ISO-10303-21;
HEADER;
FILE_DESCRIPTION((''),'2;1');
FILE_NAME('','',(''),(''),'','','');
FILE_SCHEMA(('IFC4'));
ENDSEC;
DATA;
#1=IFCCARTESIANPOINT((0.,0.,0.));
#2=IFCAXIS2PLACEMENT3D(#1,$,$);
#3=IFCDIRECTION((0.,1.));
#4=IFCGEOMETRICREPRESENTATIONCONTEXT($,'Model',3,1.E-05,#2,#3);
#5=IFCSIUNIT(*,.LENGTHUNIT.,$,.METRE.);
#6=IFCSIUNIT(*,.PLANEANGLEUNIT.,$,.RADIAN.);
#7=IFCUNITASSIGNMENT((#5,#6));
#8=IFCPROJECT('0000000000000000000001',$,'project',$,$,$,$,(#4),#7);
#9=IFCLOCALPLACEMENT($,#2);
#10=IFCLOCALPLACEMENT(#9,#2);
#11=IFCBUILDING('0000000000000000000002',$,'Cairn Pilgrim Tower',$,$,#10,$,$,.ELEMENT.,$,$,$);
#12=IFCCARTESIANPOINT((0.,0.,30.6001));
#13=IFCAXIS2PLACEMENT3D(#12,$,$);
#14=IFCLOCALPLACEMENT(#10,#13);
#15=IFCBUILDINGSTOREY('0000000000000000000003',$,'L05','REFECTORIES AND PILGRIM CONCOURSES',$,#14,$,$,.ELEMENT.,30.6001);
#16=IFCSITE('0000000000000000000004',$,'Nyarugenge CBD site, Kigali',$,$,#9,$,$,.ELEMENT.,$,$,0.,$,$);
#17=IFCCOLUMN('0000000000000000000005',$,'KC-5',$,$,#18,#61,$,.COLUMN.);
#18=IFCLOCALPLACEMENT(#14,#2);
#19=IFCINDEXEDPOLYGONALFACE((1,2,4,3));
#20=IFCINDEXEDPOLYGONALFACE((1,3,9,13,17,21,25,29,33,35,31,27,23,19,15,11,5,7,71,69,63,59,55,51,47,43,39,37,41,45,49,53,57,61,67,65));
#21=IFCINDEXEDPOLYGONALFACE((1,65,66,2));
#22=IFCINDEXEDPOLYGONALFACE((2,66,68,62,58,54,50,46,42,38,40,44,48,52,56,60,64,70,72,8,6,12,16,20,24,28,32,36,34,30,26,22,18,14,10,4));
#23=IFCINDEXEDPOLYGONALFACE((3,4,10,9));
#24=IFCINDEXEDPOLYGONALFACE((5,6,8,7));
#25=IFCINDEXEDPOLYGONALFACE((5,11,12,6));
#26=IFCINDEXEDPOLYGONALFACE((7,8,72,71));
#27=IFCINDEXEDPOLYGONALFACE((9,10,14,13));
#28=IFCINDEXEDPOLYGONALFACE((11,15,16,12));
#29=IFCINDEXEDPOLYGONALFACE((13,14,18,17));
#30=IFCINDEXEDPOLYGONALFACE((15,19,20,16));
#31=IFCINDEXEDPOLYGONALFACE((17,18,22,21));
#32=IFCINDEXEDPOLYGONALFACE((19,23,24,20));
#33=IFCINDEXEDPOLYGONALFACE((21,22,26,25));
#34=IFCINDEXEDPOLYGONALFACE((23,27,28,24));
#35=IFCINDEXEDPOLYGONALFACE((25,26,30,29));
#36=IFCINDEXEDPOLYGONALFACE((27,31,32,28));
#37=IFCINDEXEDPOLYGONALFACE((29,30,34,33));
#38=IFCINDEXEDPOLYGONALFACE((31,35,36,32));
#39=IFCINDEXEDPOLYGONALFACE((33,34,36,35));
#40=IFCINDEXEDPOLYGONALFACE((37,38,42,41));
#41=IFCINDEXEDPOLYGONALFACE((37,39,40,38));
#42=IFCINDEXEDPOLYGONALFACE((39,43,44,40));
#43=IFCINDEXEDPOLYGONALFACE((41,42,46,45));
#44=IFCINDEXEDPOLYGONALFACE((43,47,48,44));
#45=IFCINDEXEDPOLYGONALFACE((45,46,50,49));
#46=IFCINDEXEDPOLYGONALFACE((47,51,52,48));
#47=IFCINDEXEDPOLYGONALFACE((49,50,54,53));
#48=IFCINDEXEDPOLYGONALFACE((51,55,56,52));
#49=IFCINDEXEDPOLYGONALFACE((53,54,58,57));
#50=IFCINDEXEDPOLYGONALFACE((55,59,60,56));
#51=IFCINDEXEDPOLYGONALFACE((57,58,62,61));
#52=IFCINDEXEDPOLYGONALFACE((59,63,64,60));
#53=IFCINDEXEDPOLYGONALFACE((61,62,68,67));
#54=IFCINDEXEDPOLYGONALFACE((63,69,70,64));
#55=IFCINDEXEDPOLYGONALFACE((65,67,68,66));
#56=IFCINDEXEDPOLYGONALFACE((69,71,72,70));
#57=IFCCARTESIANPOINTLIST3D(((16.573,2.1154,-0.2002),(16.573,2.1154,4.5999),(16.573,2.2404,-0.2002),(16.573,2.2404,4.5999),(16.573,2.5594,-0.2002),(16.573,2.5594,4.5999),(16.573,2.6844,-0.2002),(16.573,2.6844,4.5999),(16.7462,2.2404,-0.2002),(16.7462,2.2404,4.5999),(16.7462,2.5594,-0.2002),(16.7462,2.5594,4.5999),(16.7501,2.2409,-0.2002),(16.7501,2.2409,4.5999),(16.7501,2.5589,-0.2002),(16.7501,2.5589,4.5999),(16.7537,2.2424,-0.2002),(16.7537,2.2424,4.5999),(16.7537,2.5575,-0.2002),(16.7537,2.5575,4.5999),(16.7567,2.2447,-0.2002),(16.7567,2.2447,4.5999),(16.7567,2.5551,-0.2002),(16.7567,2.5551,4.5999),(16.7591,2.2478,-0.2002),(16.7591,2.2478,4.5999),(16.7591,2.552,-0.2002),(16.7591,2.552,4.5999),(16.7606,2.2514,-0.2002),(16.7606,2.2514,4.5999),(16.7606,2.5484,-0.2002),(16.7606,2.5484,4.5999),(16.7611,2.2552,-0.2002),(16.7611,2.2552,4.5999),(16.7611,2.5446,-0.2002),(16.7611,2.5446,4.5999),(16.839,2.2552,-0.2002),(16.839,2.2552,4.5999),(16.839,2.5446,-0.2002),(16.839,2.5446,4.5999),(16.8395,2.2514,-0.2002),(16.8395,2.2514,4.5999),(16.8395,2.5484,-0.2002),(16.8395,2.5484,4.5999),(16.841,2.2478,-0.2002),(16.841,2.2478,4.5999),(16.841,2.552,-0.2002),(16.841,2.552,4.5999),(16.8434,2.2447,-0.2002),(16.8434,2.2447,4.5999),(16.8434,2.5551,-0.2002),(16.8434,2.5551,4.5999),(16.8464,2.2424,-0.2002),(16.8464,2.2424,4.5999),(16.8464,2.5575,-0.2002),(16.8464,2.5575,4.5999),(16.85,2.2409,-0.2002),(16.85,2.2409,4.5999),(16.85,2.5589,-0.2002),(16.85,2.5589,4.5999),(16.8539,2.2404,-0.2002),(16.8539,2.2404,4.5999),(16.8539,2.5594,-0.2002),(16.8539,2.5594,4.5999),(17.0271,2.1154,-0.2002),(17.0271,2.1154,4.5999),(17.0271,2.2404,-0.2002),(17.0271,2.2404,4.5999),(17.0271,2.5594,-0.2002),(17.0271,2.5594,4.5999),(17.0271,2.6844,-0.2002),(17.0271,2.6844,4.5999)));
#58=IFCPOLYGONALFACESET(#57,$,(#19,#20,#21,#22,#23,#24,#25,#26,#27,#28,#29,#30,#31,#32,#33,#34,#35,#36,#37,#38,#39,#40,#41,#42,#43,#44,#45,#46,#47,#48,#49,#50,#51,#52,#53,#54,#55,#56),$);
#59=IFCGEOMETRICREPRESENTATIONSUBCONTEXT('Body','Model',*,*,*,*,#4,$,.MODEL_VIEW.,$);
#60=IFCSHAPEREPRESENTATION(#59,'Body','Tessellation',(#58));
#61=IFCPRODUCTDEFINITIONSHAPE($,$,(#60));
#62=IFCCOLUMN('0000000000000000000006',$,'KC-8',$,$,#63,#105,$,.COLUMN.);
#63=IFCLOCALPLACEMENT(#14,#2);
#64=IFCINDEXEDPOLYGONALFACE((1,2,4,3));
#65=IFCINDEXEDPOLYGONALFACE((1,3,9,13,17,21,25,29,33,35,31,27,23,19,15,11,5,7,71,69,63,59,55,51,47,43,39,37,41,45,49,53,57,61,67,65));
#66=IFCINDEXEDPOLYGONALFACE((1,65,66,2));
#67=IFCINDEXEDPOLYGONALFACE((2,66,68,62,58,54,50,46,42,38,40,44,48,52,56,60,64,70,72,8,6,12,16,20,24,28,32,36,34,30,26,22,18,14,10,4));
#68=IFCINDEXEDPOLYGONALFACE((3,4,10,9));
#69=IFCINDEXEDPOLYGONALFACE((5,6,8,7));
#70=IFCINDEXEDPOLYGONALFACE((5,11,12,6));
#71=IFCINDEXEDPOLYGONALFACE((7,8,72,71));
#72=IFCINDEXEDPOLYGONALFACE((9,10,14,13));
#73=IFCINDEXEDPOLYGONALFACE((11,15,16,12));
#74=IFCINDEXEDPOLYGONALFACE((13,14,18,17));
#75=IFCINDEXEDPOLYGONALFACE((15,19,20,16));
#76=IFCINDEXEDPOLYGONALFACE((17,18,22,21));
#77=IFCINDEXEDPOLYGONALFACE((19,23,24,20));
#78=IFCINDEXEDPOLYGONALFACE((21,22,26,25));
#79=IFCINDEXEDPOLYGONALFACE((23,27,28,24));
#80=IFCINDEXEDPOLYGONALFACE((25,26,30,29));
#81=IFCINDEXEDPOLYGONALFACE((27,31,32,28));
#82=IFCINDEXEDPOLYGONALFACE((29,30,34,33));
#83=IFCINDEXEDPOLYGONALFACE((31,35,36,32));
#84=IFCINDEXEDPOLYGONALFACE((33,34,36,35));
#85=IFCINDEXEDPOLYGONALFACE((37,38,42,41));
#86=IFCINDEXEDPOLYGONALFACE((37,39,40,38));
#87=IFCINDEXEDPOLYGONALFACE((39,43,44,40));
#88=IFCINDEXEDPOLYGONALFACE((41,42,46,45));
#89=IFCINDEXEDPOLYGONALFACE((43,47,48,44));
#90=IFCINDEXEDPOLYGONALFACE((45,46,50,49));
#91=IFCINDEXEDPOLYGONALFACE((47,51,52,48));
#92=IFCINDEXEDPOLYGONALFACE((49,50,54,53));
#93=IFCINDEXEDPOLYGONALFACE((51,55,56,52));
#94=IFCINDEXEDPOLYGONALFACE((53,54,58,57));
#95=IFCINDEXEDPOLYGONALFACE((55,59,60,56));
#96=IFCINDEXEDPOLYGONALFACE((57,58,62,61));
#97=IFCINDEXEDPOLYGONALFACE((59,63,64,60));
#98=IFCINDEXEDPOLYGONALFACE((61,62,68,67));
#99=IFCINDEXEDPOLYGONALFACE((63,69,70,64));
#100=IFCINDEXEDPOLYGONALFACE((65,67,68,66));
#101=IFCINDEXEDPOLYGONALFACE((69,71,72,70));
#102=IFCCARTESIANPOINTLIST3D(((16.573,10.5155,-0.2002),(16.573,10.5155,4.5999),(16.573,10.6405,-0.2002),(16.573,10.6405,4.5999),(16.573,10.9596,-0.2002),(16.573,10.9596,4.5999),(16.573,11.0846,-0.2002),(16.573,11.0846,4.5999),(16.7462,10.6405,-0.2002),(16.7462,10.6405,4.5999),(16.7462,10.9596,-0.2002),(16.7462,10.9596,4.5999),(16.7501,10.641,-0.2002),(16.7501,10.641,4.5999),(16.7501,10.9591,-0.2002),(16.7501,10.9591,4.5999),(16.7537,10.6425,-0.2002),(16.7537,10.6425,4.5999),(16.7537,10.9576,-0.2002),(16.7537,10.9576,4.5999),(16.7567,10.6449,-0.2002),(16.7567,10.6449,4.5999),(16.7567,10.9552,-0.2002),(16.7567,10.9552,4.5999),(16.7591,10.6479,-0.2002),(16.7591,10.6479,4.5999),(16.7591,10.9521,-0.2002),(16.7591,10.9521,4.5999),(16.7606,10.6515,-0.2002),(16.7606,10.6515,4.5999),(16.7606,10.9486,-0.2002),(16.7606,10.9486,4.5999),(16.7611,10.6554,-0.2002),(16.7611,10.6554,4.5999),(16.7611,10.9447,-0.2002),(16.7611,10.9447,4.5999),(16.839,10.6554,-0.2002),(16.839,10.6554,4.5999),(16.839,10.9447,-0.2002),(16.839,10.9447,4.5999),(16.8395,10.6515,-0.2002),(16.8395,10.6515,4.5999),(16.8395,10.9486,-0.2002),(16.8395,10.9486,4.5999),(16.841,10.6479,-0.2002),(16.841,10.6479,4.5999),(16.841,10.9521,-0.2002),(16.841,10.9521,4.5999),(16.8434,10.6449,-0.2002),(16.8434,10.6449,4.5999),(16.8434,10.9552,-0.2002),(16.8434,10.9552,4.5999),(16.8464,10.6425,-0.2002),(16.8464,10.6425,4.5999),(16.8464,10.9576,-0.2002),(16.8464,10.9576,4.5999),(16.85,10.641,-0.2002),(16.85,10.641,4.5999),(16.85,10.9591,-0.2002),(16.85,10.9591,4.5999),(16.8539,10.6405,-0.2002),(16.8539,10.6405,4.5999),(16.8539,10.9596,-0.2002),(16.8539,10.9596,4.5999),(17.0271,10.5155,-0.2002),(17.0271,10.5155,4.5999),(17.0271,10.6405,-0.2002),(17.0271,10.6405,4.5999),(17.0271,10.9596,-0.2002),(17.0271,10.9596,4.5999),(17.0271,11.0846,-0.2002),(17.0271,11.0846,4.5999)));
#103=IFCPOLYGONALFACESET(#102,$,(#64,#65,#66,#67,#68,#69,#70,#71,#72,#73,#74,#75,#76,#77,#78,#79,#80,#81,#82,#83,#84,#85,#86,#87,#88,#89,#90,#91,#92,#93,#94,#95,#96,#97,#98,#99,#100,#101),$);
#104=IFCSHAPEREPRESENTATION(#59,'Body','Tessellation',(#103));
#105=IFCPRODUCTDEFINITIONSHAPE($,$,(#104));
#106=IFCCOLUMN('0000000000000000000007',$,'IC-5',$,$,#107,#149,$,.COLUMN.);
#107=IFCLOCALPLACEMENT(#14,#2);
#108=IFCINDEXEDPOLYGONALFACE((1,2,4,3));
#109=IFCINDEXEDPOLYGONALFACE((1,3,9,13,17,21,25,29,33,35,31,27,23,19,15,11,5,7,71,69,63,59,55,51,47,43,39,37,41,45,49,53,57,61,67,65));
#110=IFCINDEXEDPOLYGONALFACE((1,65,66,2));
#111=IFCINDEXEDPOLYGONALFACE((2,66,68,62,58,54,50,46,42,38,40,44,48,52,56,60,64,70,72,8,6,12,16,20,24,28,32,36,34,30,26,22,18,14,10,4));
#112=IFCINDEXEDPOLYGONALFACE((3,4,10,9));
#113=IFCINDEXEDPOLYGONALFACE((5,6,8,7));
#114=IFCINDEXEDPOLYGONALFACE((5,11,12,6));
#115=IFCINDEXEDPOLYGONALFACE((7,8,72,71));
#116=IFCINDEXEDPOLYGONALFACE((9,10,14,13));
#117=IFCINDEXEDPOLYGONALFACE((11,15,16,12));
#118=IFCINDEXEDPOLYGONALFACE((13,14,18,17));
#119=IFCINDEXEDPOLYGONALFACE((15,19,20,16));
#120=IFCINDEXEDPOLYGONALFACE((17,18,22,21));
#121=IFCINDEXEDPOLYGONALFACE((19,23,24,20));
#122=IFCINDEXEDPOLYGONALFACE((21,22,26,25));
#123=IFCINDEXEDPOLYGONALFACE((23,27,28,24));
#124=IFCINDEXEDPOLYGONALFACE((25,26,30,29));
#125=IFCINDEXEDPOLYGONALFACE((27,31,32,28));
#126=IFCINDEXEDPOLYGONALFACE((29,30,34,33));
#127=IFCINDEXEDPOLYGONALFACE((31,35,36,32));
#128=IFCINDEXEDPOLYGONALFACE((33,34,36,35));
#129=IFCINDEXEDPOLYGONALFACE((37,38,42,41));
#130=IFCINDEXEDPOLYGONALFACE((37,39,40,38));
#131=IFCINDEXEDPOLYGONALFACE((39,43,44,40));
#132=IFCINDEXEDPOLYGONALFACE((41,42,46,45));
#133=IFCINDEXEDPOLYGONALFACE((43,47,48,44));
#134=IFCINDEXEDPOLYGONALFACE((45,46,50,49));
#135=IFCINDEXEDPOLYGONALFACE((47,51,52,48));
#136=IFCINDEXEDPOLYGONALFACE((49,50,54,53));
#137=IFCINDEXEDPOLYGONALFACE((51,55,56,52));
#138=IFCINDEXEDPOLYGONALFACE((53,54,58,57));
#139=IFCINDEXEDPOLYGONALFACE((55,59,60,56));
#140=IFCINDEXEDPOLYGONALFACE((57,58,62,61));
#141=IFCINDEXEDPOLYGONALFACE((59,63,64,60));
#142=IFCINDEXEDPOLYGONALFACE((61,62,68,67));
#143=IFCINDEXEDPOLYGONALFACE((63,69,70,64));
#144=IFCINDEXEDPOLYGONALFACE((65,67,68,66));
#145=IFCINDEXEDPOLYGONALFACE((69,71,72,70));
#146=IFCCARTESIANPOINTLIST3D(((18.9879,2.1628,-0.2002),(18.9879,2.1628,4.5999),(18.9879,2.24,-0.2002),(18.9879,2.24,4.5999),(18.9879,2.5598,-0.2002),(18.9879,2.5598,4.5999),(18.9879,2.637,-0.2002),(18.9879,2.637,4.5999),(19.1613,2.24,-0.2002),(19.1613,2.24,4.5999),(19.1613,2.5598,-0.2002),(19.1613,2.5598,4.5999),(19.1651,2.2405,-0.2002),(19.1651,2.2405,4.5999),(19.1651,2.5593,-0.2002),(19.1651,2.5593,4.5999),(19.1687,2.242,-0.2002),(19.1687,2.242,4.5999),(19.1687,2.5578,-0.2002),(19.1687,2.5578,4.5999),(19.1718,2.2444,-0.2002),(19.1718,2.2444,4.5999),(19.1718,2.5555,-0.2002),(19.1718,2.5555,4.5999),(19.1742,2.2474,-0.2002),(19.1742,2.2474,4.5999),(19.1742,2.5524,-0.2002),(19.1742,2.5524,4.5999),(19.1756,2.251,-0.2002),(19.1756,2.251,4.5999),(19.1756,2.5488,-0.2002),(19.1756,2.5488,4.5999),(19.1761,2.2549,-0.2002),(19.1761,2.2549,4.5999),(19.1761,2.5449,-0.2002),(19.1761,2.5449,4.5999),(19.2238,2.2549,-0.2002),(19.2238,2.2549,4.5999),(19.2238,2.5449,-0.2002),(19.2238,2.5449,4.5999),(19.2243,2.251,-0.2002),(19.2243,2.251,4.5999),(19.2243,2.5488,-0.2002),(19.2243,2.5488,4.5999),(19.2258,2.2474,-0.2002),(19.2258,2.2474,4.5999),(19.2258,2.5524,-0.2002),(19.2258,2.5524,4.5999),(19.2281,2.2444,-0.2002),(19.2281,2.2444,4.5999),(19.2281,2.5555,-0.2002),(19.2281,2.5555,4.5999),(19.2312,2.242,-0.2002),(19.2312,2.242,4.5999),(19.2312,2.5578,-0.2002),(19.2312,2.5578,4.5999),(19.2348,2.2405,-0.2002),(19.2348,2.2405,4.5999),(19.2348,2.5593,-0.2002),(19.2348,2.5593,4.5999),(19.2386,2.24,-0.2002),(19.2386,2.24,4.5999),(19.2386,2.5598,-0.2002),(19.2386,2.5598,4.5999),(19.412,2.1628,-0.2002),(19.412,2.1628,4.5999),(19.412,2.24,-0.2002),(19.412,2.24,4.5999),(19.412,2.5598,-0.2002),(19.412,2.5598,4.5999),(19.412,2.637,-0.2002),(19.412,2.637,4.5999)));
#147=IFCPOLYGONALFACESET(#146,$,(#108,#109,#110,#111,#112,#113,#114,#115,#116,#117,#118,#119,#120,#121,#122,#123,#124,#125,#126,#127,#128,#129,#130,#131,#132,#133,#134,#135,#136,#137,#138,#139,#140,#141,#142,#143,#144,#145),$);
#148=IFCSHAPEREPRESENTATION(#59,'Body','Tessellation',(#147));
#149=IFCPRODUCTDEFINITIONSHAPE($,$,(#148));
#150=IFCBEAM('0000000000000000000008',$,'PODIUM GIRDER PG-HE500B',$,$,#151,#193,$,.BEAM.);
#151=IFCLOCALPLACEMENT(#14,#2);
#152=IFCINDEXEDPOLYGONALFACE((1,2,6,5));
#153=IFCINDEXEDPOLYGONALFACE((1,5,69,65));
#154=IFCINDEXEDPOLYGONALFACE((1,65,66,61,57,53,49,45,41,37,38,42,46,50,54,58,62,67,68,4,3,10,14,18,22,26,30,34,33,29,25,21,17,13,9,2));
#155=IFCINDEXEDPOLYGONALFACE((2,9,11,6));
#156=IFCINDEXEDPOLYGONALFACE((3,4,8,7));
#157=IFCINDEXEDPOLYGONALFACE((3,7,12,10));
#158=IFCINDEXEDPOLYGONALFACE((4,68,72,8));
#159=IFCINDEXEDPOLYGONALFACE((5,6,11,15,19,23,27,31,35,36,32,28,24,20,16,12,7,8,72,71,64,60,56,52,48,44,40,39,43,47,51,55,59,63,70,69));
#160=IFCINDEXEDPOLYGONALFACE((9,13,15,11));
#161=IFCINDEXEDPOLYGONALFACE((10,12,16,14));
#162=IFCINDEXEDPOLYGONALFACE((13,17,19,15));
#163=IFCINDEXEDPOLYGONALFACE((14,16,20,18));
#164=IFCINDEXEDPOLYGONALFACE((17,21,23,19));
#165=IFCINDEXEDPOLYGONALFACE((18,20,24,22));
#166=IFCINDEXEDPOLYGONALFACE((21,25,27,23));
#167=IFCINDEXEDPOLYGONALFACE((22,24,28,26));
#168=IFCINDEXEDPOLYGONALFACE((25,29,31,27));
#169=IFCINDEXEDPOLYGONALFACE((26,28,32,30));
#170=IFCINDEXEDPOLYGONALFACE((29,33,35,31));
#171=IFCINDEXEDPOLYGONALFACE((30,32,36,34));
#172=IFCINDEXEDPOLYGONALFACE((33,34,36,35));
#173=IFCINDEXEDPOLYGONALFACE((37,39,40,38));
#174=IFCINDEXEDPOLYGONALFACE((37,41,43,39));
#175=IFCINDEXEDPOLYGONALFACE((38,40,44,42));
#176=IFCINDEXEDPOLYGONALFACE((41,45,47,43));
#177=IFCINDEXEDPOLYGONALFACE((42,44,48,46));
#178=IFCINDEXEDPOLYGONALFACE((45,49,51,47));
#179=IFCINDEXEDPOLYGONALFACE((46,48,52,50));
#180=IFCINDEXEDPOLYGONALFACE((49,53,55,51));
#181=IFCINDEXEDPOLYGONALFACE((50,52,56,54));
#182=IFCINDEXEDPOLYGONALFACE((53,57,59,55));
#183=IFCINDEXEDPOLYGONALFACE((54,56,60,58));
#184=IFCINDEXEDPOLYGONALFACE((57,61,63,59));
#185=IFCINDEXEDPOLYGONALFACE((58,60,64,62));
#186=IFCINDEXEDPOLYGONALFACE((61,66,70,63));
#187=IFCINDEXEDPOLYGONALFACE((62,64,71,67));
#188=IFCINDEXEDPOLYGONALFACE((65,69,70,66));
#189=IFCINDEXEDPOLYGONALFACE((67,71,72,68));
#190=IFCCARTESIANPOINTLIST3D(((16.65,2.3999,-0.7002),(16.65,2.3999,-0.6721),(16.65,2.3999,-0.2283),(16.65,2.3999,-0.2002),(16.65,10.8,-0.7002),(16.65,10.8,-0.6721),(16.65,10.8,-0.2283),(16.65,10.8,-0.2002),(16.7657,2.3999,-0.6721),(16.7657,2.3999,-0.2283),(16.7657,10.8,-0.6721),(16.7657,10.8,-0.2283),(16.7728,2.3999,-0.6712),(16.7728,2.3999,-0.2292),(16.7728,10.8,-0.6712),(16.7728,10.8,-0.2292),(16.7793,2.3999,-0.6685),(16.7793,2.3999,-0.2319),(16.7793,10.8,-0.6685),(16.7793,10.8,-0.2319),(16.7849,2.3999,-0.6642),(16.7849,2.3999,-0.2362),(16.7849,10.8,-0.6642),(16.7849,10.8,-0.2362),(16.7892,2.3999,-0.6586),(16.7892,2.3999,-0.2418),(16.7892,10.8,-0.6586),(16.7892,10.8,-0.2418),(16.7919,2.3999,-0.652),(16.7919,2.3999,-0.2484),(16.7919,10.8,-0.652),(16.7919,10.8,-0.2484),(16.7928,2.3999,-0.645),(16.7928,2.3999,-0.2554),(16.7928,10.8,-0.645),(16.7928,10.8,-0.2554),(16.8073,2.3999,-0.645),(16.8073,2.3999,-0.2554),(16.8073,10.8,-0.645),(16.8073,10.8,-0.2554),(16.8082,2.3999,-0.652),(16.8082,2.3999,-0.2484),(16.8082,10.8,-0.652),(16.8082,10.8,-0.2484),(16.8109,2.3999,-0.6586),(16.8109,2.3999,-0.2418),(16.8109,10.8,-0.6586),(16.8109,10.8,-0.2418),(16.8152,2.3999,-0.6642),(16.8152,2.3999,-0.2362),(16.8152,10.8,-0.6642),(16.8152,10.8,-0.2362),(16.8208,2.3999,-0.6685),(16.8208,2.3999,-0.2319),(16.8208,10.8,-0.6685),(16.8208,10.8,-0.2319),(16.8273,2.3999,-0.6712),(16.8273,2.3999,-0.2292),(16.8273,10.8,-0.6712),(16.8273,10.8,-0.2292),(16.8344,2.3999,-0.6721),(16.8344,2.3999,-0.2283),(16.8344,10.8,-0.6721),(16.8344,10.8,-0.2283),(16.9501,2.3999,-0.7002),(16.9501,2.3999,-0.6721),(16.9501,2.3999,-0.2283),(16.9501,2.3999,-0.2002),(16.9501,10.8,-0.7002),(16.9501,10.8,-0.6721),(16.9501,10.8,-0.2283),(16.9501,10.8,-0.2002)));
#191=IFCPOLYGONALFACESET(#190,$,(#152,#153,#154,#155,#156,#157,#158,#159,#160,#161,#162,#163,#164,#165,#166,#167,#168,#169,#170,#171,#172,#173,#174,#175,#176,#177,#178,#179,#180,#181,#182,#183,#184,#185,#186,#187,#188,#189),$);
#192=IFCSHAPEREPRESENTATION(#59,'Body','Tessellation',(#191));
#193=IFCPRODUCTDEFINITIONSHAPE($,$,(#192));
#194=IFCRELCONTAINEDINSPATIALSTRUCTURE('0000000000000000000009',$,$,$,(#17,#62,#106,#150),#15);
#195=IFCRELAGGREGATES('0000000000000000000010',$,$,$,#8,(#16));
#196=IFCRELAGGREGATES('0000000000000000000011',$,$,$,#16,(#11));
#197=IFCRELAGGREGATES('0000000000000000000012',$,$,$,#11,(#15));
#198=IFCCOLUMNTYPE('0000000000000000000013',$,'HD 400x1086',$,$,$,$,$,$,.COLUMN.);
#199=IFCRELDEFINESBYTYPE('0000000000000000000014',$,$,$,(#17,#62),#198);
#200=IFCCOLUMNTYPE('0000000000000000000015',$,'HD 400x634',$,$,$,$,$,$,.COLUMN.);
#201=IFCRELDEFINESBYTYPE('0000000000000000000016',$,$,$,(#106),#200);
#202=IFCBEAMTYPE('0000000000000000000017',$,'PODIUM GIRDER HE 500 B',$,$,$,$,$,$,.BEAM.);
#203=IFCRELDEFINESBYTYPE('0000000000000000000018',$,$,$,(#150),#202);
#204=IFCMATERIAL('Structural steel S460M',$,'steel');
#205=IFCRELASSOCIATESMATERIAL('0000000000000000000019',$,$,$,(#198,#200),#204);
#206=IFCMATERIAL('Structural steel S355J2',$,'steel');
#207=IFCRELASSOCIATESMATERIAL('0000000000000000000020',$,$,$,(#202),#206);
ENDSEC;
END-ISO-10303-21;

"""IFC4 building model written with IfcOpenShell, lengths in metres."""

from ifc_helpers import new_model, si_unit, direction, frame, origin, origin_2d, place, context, subcontext, project, spatial, i_section, extrude, material, material_profile, profile_set, type_object, element, save


model = new_model("IFC4")

# Units and contexts
model_context = context("Model", 3, precision=1e-05, world=origin(), true_north=direction((0.0, 1.0)))
body_context = subcontext(model_context, "Body", "Model", "MODEL_VIEW")
ifc_project = project(units=[si_unit("LENGTHUNIT", "METRE"), si_unit("PLANEANGLEUNIT", "RADIAN")], contexts=[model_context])

# Site, building, storey
site_placement = place(None, origin())
site = spatial("IfcSite", under=ifc_project, at=site_placement, Name="Nyarugenge CBD site, Kigali", CompositionType="ELEMENT", RefElevation=0.0)
building_placement = place(site_placement, origin())
building = spatial("IfcBuilding", under=site, at=building_placement, Name="Cairn Pilgrim Tower", CompositionType="ELEMENT")
storey_placement = place(building_placement, frame((0.0, 0.0, 30.6001)))
storey = spatial("IfcBuildingStorey", under=building, at=storey_placement, Name="L05", Description="REFECTORIES AND PILGRIM CONCOURSES", CompositionType="ELEMENT", Elevation=30.6001)

# Columns
ifc_material_1 = material(Name="Structural steel S460M", Category="steel")
ifc_material_profile_1 = material_profile(ifc_material_1, i_section(OverallWidth=0.4541, OverallDepth=0.5691, WebThickness=0.0779, FlangeThickness=0.125, FilletRadius=0.0149, at=origin_2d()), Name="HD 400x1086")
ifc_profile_set_1 = profile_set([ifc_material_profile_1], Name="Structural steel S460M")
column_type_1 = type_object("IfcColumnType", Name="HD 400x1086", PredefinedType="COLUMN", material=ifc_profile_set_1)
for number, where, z_axis, x_axis, name in (
    (1, (16.8, 2.3999, -0.2002), (0.0, 0.0, 1.0), (1.0, 0.0, 0.0), "KC-5"),
    (2, (16.8, 10.8, -0.2002), (0.0, 0.0, 1.0), (1.0, 0.0, 0.0), "KC-8"),
):
    element("IfcColumn", number, at=place(storey_placement, frame(where, z_axis=z_axis, x_axis=x_axis)), inside=storey, type_object=column_type_1, Name=name, PredefinedType="COLUMN", context=body_context, shape_type="SweptSolid", body=[
        extrude(i_section(OverallWidth=0.4541, OverallDepth=0.5691, WebThickness=0.0779, FlangeThickness=0.125, FilletRadius=0.0149, at=origin_2d()), origin(), (0.0, 0.0, 1.0), 4.8),
    ])
ifc_material_profile_2 = material_profile(ifc_material_1, i_section(OverallWidth=0.4241, OverallDepth=0.4741, WebThickness=0.0476, FlangeThickness=0.0771, FilletRadius=0.0149, at=origin_2d()), Name="HD 400x634")
ifc_profile_set_2 = profile_set([ifc_material_profile_2], Name="Structural steel S460M")
column_type_2 = type_object("IfcColumnType", Name="HD 400x634", PredefinedType="COLUMN", material=ifc_profile_set_2)
column_placement = place(storey_placement, frame((19.2, 2.3999, -0.2002), z_axis=(0.0, 0.0, 1.0), x_axis=(1.0, 0.0, 0.0)))
element("IfcColumn", 3, at=column_placement, inside=storey, type_object=column_type_2, Name="IC-5", PredefinedType="COLUMN", context=body_context, shape_type="SweptSolid", body=[
    extrude(i_section(OverallWidth=0.4241, OverallDepth=0.4741, WebThickness=0.0476, FlangeThickness=0.0771, FilletRadius=0.0149, at=origin_2d()), origin(), (0.0, 0.0, 1.0), 4.8),
])

# Beam
ifc_material_2 = material(Name="Structural steel S355J2", Category="steel")
ifc_material_profile_3 = material_profile(ifc_material_2, i_section(OverallWidth=0.3, OverallDepth=0.5, WebThickness=0.0144, FlangeThickness=0.0281, FilletRadius=0.0271, at=origin_2d()), Name="HEB 500")
ifc_profile_set_3 = profile_set([ifc_material_profile_3], Name="Structural steel S355J2")
beam_type_1 = type_object("IfcBeamType", Name="PODIUM GIRDER HE 500 B", PredefinedType="BEAM", material=ifc_profile_set_3)
beam_1_placement = place(storey_placement, frame((16.8, 2.3999, -0.4502), z_axis=(0.0, 1.0, 0.0), x_axis=(-1.0, 0.0, 0.0)))
element("IfcBeam", 4, at=beam_1_placement, inside=storey, type_object=beam_type_1, Name="PODIUM GIRDER PG-HE500B", PredefinedType="BEAM", context=body_context, shape_type="SweptSolid", body=[
    extrude(i_section(OverallWidth=0.3, OverallDepth=0.5, WebThickness=0.0144, FlangeThickness=0.0281, FilletRadius=0.0271, at=origin_2d()), origin(), (0.0, 0.0, 1.0), 8.4001),
])

save(model, "model.ifc")
